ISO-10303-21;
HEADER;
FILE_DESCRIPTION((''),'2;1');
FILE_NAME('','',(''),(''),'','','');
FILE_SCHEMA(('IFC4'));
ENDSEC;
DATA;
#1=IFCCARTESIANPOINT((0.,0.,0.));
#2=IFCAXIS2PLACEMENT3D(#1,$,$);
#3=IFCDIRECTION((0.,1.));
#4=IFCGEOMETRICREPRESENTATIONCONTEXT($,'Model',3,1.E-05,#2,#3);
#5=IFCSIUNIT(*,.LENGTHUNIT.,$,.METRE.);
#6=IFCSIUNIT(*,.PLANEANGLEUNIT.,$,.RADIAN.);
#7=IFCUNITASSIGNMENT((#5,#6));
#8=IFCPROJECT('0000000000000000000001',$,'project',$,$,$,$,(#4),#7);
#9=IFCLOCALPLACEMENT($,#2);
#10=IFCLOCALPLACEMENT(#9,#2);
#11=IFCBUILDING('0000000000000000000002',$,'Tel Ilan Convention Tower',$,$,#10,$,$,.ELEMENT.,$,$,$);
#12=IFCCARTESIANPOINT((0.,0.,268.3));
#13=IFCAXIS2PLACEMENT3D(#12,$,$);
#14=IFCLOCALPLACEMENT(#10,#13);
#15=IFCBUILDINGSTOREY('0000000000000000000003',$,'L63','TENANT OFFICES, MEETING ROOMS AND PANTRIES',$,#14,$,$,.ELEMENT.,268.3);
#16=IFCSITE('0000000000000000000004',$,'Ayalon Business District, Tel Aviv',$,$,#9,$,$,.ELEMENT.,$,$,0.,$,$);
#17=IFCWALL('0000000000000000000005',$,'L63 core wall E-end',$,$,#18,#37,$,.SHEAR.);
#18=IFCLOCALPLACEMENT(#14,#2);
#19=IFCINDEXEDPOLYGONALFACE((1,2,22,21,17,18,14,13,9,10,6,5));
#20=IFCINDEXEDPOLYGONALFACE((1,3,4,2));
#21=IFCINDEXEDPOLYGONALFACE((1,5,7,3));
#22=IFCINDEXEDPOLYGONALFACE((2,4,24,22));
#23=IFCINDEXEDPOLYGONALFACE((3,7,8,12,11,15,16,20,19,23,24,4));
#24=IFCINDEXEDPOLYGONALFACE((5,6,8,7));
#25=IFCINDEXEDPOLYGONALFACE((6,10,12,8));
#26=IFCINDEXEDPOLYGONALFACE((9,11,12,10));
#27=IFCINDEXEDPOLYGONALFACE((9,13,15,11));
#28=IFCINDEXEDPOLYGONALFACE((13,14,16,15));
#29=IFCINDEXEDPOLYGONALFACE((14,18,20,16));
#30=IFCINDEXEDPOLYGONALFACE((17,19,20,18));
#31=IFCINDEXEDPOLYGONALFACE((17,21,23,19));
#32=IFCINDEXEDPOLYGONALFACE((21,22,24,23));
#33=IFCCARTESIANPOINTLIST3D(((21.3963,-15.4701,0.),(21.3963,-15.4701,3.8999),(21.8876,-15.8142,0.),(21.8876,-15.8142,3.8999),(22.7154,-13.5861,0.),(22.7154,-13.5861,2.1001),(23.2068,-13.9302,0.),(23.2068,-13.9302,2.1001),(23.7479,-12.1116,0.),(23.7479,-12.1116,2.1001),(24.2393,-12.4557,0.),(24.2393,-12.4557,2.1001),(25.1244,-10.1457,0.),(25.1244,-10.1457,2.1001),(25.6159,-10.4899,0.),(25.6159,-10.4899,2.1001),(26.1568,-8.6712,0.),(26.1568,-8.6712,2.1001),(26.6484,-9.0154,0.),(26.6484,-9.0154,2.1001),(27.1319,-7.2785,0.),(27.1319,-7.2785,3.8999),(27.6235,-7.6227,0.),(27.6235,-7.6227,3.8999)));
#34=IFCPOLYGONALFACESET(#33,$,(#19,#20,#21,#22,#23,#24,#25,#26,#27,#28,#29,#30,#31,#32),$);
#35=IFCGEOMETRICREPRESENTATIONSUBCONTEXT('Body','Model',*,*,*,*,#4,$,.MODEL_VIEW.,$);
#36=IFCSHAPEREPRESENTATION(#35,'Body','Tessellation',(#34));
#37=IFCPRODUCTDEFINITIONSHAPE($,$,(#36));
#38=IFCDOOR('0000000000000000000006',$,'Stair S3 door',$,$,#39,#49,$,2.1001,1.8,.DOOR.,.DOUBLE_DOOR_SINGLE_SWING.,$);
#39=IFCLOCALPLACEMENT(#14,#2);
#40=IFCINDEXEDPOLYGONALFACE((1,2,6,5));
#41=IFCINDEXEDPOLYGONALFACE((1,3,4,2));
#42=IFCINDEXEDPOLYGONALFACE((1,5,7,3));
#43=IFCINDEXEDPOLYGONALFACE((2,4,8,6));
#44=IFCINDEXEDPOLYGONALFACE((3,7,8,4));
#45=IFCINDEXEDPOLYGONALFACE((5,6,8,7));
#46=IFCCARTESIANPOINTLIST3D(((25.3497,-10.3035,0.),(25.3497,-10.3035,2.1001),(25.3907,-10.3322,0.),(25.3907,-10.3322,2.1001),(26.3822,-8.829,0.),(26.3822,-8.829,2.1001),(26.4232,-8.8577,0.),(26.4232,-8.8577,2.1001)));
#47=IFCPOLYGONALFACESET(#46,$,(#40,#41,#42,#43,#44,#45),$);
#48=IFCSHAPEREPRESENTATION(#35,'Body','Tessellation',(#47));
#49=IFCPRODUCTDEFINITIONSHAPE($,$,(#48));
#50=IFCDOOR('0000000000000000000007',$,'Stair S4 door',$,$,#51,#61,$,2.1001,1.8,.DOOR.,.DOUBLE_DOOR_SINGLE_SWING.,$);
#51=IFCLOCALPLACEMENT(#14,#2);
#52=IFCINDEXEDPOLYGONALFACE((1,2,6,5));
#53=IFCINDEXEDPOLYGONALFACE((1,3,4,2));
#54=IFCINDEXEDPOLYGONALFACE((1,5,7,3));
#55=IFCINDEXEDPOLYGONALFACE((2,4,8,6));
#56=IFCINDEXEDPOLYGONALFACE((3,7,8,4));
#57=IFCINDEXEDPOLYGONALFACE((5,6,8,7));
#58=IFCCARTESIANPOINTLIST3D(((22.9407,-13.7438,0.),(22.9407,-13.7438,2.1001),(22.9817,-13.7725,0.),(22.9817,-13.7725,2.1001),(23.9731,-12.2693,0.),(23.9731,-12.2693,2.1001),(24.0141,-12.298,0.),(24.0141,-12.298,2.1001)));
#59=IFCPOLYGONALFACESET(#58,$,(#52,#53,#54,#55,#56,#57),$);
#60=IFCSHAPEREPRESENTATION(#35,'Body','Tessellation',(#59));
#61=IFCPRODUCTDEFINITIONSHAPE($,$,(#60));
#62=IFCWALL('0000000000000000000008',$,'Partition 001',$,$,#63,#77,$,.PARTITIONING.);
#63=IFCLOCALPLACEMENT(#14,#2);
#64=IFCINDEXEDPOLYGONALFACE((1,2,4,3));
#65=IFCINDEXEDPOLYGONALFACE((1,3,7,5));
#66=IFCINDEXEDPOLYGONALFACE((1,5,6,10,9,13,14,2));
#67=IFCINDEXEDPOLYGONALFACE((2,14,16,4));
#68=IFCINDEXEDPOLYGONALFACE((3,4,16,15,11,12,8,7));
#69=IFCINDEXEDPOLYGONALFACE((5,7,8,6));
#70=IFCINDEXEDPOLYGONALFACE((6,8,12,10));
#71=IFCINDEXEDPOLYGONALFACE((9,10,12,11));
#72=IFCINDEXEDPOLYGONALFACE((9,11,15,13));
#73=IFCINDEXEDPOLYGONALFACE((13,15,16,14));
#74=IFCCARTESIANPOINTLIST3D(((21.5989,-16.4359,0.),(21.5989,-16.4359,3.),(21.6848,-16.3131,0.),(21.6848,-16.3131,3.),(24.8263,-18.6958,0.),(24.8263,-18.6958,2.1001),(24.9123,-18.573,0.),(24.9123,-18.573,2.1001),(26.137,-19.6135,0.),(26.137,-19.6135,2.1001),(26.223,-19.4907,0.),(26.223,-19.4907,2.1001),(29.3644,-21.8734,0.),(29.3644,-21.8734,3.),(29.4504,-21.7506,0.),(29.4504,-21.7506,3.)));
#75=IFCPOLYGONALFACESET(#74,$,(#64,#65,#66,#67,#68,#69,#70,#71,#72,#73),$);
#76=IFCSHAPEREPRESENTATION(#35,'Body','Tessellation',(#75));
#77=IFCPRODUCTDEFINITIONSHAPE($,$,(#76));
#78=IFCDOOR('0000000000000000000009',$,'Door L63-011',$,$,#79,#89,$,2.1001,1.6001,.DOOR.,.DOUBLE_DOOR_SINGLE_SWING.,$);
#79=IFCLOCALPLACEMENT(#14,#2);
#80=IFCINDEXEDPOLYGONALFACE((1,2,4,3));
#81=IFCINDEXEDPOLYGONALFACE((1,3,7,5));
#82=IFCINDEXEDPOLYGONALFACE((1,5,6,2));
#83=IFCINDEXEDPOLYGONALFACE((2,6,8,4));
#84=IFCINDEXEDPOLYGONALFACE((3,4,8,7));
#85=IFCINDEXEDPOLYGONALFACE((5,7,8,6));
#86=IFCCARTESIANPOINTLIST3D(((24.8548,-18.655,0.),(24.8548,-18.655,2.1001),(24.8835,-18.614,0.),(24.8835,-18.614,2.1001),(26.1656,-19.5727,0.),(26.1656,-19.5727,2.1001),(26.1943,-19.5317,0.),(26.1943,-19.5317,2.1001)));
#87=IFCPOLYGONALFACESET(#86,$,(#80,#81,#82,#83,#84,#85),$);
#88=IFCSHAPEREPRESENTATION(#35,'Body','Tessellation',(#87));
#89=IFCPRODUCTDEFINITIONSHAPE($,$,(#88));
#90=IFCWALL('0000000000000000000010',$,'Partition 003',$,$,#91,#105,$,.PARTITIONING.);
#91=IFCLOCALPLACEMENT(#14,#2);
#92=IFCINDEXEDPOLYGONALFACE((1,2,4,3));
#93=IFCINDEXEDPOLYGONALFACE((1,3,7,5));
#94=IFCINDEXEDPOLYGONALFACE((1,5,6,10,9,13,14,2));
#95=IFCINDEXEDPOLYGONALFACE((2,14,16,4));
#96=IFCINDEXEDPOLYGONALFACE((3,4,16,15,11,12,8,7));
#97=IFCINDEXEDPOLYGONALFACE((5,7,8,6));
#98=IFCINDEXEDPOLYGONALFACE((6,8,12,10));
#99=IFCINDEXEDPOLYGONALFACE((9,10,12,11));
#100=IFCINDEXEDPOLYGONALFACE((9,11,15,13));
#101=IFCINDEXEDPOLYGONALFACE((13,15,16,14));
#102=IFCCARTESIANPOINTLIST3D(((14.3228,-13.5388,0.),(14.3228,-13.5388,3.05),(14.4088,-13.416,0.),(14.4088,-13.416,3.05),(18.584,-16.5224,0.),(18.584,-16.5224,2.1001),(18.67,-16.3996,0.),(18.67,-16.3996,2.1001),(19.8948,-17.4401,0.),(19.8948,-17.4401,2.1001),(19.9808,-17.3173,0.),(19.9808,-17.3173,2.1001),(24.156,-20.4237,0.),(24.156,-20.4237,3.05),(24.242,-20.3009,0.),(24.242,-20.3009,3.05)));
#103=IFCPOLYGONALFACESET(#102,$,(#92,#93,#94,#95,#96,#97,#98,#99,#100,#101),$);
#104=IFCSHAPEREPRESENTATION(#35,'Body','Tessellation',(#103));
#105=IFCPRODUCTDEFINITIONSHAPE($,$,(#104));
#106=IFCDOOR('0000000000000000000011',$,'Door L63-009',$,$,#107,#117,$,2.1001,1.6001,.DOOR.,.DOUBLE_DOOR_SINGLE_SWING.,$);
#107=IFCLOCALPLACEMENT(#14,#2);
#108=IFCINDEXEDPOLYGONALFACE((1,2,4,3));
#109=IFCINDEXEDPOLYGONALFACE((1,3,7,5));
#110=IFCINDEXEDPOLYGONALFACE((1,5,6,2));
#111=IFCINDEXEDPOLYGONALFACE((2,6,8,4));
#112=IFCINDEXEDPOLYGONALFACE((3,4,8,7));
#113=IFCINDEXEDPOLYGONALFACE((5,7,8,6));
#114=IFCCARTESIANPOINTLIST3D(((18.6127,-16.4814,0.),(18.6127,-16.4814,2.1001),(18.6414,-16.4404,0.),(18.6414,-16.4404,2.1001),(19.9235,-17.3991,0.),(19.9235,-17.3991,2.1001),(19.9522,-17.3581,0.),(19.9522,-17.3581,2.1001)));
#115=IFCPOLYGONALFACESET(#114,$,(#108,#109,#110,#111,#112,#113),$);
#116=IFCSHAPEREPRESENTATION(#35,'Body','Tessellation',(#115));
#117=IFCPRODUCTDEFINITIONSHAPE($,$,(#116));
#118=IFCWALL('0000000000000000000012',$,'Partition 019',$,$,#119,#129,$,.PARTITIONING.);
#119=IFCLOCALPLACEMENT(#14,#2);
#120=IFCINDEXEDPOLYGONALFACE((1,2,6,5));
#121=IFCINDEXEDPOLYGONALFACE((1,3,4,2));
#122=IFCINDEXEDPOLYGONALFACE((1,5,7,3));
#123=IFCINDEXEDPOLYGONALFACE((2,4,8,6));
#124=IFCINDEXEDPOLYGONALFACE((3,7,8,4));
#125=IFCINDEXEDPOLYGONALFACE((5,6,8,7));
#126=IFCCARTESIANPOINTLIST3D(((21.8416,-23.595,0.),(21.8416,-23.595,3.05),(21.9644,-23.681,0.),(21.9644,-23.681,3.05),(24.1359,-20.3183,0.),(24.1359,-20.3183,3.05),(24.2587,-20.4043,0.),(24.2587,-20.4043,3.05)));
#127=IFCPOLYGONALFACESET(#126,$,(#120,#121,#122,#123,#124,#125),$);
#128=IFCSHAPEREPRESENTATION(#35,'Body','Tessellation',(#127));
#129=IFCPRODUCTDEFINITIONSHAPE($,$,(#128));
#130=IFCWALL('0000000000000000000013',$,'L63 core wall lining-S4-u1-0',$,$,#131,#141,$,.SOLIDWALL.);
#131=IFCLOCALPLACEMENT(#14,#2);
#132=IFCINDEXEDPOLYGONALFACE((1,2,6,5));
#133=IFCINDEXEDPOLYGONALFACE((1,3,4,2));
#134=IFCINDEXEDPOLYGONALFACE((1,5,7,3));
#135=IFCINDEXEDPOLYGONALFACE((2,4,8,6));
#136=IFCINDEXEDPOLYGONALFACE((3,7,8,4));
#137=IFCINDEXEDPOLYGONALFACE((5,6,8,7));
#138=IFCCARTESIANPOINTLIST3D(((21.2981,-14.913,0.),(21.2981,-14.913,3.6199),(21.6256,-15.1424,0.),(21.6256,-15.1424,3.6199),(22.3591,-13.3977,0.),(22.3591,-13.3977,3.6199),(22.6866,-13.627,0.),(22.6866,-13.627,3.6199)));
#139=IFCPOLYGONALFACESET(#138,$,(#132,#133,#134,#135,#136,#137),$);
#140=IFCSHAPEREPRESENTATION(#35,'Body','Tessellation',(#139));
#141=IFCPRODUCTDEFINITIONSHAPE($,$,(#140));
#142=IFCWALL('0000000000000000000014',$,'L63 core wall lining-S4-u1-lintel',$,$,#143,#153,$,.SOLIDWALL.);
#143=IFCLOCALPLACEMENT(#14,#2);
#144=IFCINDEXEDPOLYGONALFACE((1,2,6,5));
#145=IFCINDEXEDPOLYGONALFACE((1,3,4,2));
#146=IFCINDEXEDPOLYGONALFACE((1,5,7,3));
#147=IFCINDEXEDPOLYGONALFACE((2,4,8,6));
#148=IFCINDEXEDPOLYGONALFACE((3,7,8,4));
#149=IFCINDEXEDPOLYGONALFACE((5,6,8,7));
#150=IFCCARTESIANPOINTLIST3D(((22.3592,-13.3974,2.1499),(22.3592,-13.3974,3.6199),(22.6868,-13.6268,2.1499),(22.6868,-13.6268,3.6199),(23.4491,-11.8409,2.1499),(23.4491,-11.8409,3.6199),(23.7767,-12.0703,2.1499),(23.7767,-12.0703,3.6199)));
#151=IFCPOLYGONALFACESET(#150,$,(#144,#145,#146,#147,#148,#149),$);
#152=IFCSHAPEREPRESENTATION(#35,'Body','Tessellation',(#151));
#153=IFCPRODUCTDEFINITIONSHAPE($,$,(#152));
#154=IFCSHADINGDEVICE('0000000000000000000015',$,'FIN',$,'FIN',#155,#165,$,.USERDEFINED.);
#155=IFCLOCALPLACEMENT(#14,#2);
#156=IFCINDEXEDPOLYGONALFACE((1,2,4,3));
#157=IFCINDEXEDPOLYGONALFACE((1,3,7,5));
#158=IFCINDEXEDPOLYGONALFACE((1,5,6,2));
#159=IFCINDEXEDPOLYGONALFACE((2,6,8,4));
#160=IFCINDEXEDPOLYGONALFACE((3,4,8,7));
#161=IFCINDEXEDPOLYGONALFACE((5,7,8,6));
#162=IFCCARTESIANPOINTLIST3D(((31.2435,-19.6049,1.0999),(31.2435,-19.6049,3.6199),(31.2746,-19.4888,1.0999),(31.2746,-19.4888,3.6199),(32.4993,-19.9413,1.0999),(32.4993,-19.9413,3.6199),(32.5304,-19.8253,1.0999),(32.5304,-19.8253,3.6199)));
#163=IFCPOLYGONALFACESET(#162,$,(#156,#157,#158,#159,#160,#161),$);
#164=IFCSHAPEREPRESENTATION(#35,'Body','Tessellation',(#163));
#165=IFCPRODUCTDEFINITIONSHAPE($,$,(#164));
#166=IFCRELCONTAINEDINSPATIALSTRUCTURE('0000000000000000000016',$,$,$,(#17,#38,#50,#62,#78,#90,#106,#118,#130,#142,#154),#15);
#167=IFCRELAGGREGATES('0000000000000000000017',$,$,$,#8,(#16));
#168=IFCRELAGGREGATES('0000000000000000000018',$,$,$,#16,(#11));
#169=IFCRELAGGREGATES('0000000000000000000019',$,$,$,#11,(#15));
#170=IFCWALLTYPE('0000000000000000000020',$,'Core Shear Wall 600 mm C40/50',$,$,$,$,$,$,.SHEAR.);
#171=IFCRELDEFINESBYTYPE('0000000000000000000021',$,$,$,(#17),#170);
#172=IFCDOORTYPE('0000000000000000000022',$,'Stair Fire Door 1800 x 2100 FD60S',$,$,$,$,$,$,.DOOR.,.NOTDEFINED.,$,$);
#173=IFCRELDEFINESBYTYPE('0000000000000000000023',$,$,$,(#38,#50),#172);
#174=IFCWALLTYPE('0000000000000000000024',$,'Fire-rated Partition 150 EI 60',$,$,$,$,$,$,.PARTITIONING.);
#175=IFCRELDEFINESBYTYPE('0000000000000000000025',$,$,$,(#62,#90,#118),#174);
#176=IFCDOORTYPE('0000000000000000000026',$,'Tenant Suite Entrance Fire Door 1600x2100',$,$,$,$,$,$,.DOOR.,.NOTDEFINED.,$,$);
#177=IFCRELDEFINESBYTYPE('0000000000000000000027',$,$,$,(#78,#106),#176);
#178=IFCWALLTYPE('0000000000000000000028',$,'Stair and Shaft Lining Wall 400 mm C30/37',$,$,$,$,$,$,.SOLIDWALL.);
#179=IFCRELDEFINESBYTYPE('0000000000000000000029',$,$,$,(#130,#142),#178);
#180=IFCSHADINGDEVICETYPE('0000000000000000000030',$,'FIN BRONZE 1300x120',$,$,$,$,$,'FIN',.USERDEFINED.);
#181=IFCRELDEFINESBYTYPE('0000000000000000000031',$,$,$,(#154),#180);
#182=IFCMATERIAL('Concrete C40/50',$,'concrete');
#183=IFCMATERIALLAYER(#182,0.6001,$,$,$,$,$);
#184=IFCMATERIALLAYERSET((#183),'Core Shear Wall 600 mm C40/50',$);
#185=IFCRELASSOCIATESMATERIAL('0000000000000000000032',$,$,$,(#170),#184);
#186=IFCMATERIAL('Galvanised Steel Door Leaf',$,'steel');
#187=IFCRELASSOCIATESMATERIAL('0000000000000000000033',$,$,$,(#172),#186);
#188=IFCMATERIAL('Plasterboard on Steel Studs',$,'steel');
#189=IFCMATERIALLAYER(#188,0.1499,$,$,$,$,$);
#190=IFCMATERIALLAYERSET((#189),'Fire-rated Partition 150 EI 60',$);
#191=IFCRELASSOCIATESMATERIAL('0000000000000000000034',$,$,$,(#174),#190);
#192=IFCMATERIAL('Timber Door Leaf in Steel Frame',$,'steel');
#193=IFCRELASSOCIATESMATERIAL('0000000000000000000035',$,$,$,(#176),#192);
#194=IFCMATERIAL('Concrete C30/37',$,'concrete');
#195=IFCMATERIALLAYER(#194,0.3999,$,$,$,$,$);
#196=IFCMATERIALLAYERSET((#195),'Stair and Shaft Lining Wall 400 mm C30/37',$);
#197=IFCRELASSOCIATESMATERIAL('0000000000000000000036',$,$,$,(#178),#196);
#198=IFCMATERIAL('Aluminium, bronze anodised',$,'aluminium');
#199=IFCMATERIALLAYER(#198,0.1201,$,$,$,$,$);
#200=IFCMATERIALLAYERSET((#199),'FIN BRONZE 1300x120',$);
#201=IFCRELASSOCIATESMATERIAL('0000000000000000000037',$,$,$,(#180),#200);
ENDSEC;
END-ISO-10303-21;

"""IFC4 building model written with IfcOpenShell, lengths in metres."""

from ifc_helpers import new_model, si_unit, direction, frame, frame_2d, origin, origin_2d, place, context, subcontext, project, spatial, polyline, rectangle, outline, extrude, material, layer, layer_set, type_object, element, fill, save


model = new_model("IFC4")

# Units and contexts
model_context = context("Model", 3, precision=1e-05, world=origin(), true_north=direction((0.0, 1.0)))
body_context = subcontext(model_context, "Body", "Model", "MODEL_VIEW")
ifc_project = project(units=[si_unit("LENGTHUNIT", "METRE"), si_unit("PLANEANGLEUNIT", "RADIAN")], contexts=[model_context])

# Site, building, storey
site_placement = place(None, origin())
site = spatial("IfcSite", under=ifc_project, at=site_placement, Name="Ayalon Business District, Tel Aviv", CompositionType="ELEMENT", RefElevation=0.0)
building_placement = place(site_placement, origin())
building = spatial("IfcBuilding", under=site, at=building_placement, Name="Tel Ilan Convention Tower", CompositionType="ELEMENT")
storey_placement = place(building_placement, frame((0.0, 0.0, 268.3)))
storey = spatial("IfcBuildingStorey", under=building, at=storey_placement, Name="L63", Description="TENANT OFFICES, MEETING ROOMS AND PANTRIES", CompositionType="ELEMENT", Elevation=268.3)

# Wall, openings, doors
ifc_material_1 = material(Name="Concrete C40/50", Category="concrete")
ifc_layer_1 = layer(ifc_material_1, 0.6001)
ifc_layer_set_1 = layer_set([ifc_layer_1], Name="Core Shear Wall 600 mm C40/50")
wall_type_1 = type_object("IfcWallType", Name="Core Shear Wall 600 mm C40/50", PredefinedType="SHEAR", material=ifc_layer_set_1)
wall_1_placement = place(storey_placement, frame((21.6418, -15.6421, 0.0), z_axis=(0.0, 0.0, 1.0), x_axis=(0.573587, 0.819145, 0.0)))
wall_1 = element("IfcWall", 1, at=wall_1_placement, inside=storey, type_object=wall_type_1, Name="L63 core wall E-end", PredefinedType="SHEAR", context=body_context, shape_type="SweptSolid", body=[
    extrude(outline(polyline([(10.0, 0.3), (0.0, 0.2998), (0.0, -0.3), (10.0, -0.3), (10.0, 0.3)])), origin(), (0.0, 0.0, 1.0), 3.8999),
])
opening_1_placement = place(wall_1_placement, frame((6.5, 0.0, 0.0)))
opening_1 = element("IfcOpeningElement", 2, at=opening_1_placement, cuts=wall_1, PredefinedType="OPENING", context=body_context, shape_type="SweptSolid", body=[
    extrude(rectangle(XDim=1.8, YDim=2.1001, at=frame_2d((0.8999, 1.05))), frame((0.0, 0.3101, 0.0), z_axis=(0.0, -1.0, 0.0), x_axis=(1.0, 0.0, 0.0)), (0.0, 0.0, 1.0), 0.6201),
])
opening_2_placement = place(wall_1_placement, frame((2.3, 0.0, 0.0)))
opening_2 = element("IfcOpeningElement", 3, at=opening_2_placement, cuts=wall_1, PredefinedType="OPENING", context=body_context, shape_type="SweptSolid", body=[
    extrude(rectangle(XDim=1.8, YDim=2.1001, at=frame_2d((0.8999, 1.05))), frame((0.0, 0.3101, 0.0), z_axis=(0.0, -1.0, 0.0), x_axis=(1.0, 0.0, 0.0)), (0.0, 0.0, 1.0), 0.6201),
])
ifc_material_2 = material(Name="Galvanised Steel Door Leaf", Category="steel")
door_type_1 = type_object("IfcDoorType", Name="Stair Fire Door 1800 x 2100 FD60S", OperationType="NOTDEFINED", PredefinedType="DOOR", material=ifc_material_2)
door_1_placement = place(opening_1_placement, origin())
door_1 = element("IfcDoor", 4, at=door_1_placement, inside=storey, type_object=door_type_1, Name="Stair S3 door", OperationType="DOUBLE_DOOR_SINGLE_SWING", OverallHeight=2.1001, OverallWidth=1.8, PredefinedType="DOOR", context=body_context, shape_type="SweptSolid", body=[
    extrude(rectangle(XDim=1.8, YDim=2.1001, at=frame_2d((0.8999, 1.05))), frame((0.0, 0.0249, 0.0), z_axis=(0.0, -1.0, 0.0), x_axis=(1.0, 0.0, 0.0)), (0.0, 0.0, 1.0), 0.05),
])
fill(opening_1, door_1)
door_2_placement = place(opening_2_placement, origin())
door_2 = element("IfcDoor", 5, at=door_2_placement, inside=storey, type_object=door_type_1, Name="Stair S4 door", OperationType="DOUBLE_DOOR_SINGLE_SWING", OverallHeight=2.1001, OverallWidth=1.8, PredefinedType="DOOR", context=body_context, shape_type="SweptSolid", body=[
    extrude(rectangle(XDim=1.8, YDim=2.1001, at=frame_2d((0.8999, 1.05))), frame((0.0, 0.0249, 0.0), z_axis=(0.0, -1.0, 0.0), x_axis=(1.0, 0.0, 0.0)), (0.0, 0.0, 1.0), 0.05),
])
fill(opening_2, door_2)

# Walls, openings, doors
ifc_material_3 = material(Name="Plasterboard on Steel Studs", Category="steel")
ifc_layer_2 = layer(ifc_material_3, 0.1499)
ifc_layer_set_2 = layer_set([ifc_layer_2], Name="Fire-rated Partition 150 EI 60")
wall_type_2 = type_object("IfcWallType", Name="Fire-rated Partition 150 EI 60", PredefinedType="PARTITIONING", material=ifc_layer_set_2)
wall_2_placement = place(storey_placement, frame((21.6418, -16.3745, 0.0), z_axis=(0.0, 0.0, 1.0), x_axis=(0.819154, -0.573573, 0.0)))
wall_2 = element("IfcWall", 6, at=wall_2_placement, inside=storey, type_object=wall_type_2, Name="Partition 001", PredefinedType="PARTITIONING", context=body_context, shape_type="SweptSolid", body=[
    extrude(rectangle(XDim=9.48, YDim=0.1499, at=frame_2d((4.74, 0.0))), origin(), (0.0, 0.0, 1.0), 3.0),
])
opening_3_placement = place(wall_2_placement, frame((3.9399, 0.0, 0.0)))
opening_3 = element("IfcOpeningElement", 7, at=opening_3_placement, cuts=wall_2, PredefinedType="OPENING", context=body_context, shape_type="SweptSolid", body=[
    extrude(rectangle(XDim=1.6001, YDim=2.1001, at=frame_2d((0.8, 1.05))), frame((0.0, 0.085, 0.0), z_axis=(0.0, -1.0, 0.0), x_axis=(1.0, 0.0, 0.0)), (0.0, 0.0, 1.0), 0.1699),
])
ifc_material_4 = material(Name="Timber Door Leaf in Steel Frame", Category="steel")
door_type_2 = type_object("IfcDoorType", Name="Tenant Suite Entrance Fire Door 1600x2100", OperationType="NOTDEFINED", PredefinedType="DOOR", material=ifc_material_4)
door_3_placement = place(opening_3_placement, origin())
door_3 = element("IfcDoor", 8, at=door_3_placement, inside=storey, type_object=door_type_2, Name="Door L63-011", OperationType="DOUBLE_DOOR_SINGLE_SWING", OverallHeight=2.1001, OverallWidth=1.6001, PredefinedType="DOOR", context=body_context, shape_type="SweptSolid", body=[
    extrude(rectangle(XDim=1.6001, YDim=2.1001, at=frame_2d((0.8, 1.05))), frame((0.0, 0.0249, 0.0), z_axis=(0.0, -1.0, 0.0), x_axis=(1.0, 0.0, 0.0)), (0.0, 0.0, 1.0), 0.05),
])
fill(opening_3, door_3)
wall_3_placement = place(storey_placement, frame((24.199, -20.3623, 0.0), z_axis=(0.0, 0.0, 1.0), x_axis=(-0.819164, 0.573559, 0.0)))
wall_3 = element("IfcWall", 9, at=wall_3_placement, inside=storey, type_object=wall_type_2, Name="Partition 003", PredefinedType="PARTITIONING", context=body_context, shape_type="SweptSolid", body=[
    extrude(rectangle(XDim=12.0039, YDim=0.1499, at=frame_2d((6.002, 0.0))), origin(), (0.0, 0.0, 1.0), 3.05),
])
opening_4_placement = place(wall_3_placement, frame((5.2019, 0.0, 0.0)))
opening_4 = element("IfcOpeningElement", 10, at=opening_4_placement, cuts=wall_3, PredefinedType="OPENING", context=body_context, shape_type="SweptSolid", body=[
    extrude(rectangle(XDim=1.6001, YDim=2.1001, at=frame_2d((0.8, 1.05))), frame((0.0, 0.085, 0.0), z_axis=(0.0, -1.0, 0.0), x_axis=(1.0, 0.0, 0.0)), (0.0, 0.0, 1.0), 0.1699),
])
door_4_placement = place(opening_4_placement, origin())
door_4 = element("IfcDoor", 11, at=door_4_placement, inside=storey, type_object=door_type_2, Name="Door L63-009", OperationType="DOUBLE_DOOR_SINGLE_SWING", OverallHeight=2.1001, OverallWidth=1.6001, PredefinedType="DOOR", context=body_context, shape_type="SweptSolid", body=[
    extrude(rectangle(XDim=1.6001, YDim=2.1001, at=frame_2d((0.8, 1.05))), frame((0.0, 0.0249, 0.0), z_axis=(0.0, -1.0, 0.0), x_axis=(1.0, 0.0, 0.0)), (0.0, 0.0, 1.0), 0.05),
])
fill(opening_4, door_4)

# Walls
wall_4_placement = place(storey_placement, frame((24.1973, -20.3613, 0.0), z_axis=(0.0, 0.0, 1.0), x_axis=(-0.573557, -0.819166, 0.0)))
element("IfcWall", 12, at=wall_4_placement, inside=storey, type_object=wall_type_2, Name="Partition 019", PredefinedType="PARTITIONING", context=body_context, shape_type="SweptSolid", body=[
    extrude(rectangle(XDim=4.0, YDim=0.1499, at=frame_2d((2.0, 0.0))), origin(), (0.0, 0.0, 1.0), 3.05),
])
ifc_material_5 = material(Name="Concrete C30/37", Category="concrete")
ifc_layer_3 = layer(ifc_material_5, 0.3999)
ifc_layer_set_3 = layer_set([ifc_layer_3], Name="Stair and Shaft Lining Wall 400 mm C30/37")
wall_type_3 = type_object("IfcWallType", Name="Stair and Shaft Lining Wall 400 mm C30/37", PredefinedType="SOLIDWALL", material=ifc_layer_set_3)
wall_5_placement = place(storey_placement, frame((21.4619, -15.0276, 0.0), z_axis=(0.0, 0.0, 1.0), x_axis=(0.57356, 0.819164, 0.0)))
element("IfcWall", 13, at=wall_5_placement, inside=storey, type_object=wall_type_3, Name="L63 core wall lining-S4-u1-0", PredefinedType="SOLIDWALL", context=body_context, shape_type="SweptSolid", body=[
    extrude(rectangle(XDim=1.8499, YDim=0.3999, at=frame_2d((0.9248, 0.0))), origin(), (0.0, 0.0, 1.0), 3.6199),
])
wall_6_placement = place(storey_placement, frame((22.5229, -13.5122, 2.1499), z_axis=(0.0, 0.0, 1.0), x_axis=(0.573592, 0.819141, 0.0)))
element("IfcWall", 14, at=wall_6_placement, inside=storey, type_object=wall_type_3, Name="L63 core wall lining-S4-u1-lintel", PredefinedType="SOLIDWALL", context=body_context, shape_type="SweptSolid", body=[
    extrude(rectangle(XDim=1.9001, YDim=0.3999, at=frame_2d((0.9502, 0.0))), origin(), (0.0, 0.0, 1.0), 1.47),
])

# Shading device
ifc_material_6 = material(Name="Aluminium, bronze anodised", Category="aluminium")
ifc_layer_4 = layer(ifc_material_6, 0.1201)
ifc_layer_set_4 = layer_set([ifc_layer_4], Name="FIN BRONZE 1300x120")
shading_device_type = type_object("IfcShadingDeviceType", Name="FIN BRONZE 1300x120", ElementType="FIN", PredefinedType="USERDEFINED", material=ifc_layer_set_4)
for number, where, z_axis, x_axis, name in (
    (15, (31.887, -19.7151, 1.0999), (0.0, 0.0, 1.0), (0.965926, -0.258819, 0.0), "FIN"),
):
    element("IfcShadingDevice", number, at=place(storey_placement, frame(where, z_axis=z_axis, x_axis=x_axis)), inside=storey, type_object=shading_device_type, Name=name, ObjectType="FIN", PredefinedType="USERDEFINED", context=body_context, shape_type="SweptSolid", body=[
        extrude(rectangle(XDim=1.3, YDim=0.1201, at=origin_2d()), origin(), (0.0, 0.0, 1.0), 2.52),
    ])

save(model, "model.ifc")
